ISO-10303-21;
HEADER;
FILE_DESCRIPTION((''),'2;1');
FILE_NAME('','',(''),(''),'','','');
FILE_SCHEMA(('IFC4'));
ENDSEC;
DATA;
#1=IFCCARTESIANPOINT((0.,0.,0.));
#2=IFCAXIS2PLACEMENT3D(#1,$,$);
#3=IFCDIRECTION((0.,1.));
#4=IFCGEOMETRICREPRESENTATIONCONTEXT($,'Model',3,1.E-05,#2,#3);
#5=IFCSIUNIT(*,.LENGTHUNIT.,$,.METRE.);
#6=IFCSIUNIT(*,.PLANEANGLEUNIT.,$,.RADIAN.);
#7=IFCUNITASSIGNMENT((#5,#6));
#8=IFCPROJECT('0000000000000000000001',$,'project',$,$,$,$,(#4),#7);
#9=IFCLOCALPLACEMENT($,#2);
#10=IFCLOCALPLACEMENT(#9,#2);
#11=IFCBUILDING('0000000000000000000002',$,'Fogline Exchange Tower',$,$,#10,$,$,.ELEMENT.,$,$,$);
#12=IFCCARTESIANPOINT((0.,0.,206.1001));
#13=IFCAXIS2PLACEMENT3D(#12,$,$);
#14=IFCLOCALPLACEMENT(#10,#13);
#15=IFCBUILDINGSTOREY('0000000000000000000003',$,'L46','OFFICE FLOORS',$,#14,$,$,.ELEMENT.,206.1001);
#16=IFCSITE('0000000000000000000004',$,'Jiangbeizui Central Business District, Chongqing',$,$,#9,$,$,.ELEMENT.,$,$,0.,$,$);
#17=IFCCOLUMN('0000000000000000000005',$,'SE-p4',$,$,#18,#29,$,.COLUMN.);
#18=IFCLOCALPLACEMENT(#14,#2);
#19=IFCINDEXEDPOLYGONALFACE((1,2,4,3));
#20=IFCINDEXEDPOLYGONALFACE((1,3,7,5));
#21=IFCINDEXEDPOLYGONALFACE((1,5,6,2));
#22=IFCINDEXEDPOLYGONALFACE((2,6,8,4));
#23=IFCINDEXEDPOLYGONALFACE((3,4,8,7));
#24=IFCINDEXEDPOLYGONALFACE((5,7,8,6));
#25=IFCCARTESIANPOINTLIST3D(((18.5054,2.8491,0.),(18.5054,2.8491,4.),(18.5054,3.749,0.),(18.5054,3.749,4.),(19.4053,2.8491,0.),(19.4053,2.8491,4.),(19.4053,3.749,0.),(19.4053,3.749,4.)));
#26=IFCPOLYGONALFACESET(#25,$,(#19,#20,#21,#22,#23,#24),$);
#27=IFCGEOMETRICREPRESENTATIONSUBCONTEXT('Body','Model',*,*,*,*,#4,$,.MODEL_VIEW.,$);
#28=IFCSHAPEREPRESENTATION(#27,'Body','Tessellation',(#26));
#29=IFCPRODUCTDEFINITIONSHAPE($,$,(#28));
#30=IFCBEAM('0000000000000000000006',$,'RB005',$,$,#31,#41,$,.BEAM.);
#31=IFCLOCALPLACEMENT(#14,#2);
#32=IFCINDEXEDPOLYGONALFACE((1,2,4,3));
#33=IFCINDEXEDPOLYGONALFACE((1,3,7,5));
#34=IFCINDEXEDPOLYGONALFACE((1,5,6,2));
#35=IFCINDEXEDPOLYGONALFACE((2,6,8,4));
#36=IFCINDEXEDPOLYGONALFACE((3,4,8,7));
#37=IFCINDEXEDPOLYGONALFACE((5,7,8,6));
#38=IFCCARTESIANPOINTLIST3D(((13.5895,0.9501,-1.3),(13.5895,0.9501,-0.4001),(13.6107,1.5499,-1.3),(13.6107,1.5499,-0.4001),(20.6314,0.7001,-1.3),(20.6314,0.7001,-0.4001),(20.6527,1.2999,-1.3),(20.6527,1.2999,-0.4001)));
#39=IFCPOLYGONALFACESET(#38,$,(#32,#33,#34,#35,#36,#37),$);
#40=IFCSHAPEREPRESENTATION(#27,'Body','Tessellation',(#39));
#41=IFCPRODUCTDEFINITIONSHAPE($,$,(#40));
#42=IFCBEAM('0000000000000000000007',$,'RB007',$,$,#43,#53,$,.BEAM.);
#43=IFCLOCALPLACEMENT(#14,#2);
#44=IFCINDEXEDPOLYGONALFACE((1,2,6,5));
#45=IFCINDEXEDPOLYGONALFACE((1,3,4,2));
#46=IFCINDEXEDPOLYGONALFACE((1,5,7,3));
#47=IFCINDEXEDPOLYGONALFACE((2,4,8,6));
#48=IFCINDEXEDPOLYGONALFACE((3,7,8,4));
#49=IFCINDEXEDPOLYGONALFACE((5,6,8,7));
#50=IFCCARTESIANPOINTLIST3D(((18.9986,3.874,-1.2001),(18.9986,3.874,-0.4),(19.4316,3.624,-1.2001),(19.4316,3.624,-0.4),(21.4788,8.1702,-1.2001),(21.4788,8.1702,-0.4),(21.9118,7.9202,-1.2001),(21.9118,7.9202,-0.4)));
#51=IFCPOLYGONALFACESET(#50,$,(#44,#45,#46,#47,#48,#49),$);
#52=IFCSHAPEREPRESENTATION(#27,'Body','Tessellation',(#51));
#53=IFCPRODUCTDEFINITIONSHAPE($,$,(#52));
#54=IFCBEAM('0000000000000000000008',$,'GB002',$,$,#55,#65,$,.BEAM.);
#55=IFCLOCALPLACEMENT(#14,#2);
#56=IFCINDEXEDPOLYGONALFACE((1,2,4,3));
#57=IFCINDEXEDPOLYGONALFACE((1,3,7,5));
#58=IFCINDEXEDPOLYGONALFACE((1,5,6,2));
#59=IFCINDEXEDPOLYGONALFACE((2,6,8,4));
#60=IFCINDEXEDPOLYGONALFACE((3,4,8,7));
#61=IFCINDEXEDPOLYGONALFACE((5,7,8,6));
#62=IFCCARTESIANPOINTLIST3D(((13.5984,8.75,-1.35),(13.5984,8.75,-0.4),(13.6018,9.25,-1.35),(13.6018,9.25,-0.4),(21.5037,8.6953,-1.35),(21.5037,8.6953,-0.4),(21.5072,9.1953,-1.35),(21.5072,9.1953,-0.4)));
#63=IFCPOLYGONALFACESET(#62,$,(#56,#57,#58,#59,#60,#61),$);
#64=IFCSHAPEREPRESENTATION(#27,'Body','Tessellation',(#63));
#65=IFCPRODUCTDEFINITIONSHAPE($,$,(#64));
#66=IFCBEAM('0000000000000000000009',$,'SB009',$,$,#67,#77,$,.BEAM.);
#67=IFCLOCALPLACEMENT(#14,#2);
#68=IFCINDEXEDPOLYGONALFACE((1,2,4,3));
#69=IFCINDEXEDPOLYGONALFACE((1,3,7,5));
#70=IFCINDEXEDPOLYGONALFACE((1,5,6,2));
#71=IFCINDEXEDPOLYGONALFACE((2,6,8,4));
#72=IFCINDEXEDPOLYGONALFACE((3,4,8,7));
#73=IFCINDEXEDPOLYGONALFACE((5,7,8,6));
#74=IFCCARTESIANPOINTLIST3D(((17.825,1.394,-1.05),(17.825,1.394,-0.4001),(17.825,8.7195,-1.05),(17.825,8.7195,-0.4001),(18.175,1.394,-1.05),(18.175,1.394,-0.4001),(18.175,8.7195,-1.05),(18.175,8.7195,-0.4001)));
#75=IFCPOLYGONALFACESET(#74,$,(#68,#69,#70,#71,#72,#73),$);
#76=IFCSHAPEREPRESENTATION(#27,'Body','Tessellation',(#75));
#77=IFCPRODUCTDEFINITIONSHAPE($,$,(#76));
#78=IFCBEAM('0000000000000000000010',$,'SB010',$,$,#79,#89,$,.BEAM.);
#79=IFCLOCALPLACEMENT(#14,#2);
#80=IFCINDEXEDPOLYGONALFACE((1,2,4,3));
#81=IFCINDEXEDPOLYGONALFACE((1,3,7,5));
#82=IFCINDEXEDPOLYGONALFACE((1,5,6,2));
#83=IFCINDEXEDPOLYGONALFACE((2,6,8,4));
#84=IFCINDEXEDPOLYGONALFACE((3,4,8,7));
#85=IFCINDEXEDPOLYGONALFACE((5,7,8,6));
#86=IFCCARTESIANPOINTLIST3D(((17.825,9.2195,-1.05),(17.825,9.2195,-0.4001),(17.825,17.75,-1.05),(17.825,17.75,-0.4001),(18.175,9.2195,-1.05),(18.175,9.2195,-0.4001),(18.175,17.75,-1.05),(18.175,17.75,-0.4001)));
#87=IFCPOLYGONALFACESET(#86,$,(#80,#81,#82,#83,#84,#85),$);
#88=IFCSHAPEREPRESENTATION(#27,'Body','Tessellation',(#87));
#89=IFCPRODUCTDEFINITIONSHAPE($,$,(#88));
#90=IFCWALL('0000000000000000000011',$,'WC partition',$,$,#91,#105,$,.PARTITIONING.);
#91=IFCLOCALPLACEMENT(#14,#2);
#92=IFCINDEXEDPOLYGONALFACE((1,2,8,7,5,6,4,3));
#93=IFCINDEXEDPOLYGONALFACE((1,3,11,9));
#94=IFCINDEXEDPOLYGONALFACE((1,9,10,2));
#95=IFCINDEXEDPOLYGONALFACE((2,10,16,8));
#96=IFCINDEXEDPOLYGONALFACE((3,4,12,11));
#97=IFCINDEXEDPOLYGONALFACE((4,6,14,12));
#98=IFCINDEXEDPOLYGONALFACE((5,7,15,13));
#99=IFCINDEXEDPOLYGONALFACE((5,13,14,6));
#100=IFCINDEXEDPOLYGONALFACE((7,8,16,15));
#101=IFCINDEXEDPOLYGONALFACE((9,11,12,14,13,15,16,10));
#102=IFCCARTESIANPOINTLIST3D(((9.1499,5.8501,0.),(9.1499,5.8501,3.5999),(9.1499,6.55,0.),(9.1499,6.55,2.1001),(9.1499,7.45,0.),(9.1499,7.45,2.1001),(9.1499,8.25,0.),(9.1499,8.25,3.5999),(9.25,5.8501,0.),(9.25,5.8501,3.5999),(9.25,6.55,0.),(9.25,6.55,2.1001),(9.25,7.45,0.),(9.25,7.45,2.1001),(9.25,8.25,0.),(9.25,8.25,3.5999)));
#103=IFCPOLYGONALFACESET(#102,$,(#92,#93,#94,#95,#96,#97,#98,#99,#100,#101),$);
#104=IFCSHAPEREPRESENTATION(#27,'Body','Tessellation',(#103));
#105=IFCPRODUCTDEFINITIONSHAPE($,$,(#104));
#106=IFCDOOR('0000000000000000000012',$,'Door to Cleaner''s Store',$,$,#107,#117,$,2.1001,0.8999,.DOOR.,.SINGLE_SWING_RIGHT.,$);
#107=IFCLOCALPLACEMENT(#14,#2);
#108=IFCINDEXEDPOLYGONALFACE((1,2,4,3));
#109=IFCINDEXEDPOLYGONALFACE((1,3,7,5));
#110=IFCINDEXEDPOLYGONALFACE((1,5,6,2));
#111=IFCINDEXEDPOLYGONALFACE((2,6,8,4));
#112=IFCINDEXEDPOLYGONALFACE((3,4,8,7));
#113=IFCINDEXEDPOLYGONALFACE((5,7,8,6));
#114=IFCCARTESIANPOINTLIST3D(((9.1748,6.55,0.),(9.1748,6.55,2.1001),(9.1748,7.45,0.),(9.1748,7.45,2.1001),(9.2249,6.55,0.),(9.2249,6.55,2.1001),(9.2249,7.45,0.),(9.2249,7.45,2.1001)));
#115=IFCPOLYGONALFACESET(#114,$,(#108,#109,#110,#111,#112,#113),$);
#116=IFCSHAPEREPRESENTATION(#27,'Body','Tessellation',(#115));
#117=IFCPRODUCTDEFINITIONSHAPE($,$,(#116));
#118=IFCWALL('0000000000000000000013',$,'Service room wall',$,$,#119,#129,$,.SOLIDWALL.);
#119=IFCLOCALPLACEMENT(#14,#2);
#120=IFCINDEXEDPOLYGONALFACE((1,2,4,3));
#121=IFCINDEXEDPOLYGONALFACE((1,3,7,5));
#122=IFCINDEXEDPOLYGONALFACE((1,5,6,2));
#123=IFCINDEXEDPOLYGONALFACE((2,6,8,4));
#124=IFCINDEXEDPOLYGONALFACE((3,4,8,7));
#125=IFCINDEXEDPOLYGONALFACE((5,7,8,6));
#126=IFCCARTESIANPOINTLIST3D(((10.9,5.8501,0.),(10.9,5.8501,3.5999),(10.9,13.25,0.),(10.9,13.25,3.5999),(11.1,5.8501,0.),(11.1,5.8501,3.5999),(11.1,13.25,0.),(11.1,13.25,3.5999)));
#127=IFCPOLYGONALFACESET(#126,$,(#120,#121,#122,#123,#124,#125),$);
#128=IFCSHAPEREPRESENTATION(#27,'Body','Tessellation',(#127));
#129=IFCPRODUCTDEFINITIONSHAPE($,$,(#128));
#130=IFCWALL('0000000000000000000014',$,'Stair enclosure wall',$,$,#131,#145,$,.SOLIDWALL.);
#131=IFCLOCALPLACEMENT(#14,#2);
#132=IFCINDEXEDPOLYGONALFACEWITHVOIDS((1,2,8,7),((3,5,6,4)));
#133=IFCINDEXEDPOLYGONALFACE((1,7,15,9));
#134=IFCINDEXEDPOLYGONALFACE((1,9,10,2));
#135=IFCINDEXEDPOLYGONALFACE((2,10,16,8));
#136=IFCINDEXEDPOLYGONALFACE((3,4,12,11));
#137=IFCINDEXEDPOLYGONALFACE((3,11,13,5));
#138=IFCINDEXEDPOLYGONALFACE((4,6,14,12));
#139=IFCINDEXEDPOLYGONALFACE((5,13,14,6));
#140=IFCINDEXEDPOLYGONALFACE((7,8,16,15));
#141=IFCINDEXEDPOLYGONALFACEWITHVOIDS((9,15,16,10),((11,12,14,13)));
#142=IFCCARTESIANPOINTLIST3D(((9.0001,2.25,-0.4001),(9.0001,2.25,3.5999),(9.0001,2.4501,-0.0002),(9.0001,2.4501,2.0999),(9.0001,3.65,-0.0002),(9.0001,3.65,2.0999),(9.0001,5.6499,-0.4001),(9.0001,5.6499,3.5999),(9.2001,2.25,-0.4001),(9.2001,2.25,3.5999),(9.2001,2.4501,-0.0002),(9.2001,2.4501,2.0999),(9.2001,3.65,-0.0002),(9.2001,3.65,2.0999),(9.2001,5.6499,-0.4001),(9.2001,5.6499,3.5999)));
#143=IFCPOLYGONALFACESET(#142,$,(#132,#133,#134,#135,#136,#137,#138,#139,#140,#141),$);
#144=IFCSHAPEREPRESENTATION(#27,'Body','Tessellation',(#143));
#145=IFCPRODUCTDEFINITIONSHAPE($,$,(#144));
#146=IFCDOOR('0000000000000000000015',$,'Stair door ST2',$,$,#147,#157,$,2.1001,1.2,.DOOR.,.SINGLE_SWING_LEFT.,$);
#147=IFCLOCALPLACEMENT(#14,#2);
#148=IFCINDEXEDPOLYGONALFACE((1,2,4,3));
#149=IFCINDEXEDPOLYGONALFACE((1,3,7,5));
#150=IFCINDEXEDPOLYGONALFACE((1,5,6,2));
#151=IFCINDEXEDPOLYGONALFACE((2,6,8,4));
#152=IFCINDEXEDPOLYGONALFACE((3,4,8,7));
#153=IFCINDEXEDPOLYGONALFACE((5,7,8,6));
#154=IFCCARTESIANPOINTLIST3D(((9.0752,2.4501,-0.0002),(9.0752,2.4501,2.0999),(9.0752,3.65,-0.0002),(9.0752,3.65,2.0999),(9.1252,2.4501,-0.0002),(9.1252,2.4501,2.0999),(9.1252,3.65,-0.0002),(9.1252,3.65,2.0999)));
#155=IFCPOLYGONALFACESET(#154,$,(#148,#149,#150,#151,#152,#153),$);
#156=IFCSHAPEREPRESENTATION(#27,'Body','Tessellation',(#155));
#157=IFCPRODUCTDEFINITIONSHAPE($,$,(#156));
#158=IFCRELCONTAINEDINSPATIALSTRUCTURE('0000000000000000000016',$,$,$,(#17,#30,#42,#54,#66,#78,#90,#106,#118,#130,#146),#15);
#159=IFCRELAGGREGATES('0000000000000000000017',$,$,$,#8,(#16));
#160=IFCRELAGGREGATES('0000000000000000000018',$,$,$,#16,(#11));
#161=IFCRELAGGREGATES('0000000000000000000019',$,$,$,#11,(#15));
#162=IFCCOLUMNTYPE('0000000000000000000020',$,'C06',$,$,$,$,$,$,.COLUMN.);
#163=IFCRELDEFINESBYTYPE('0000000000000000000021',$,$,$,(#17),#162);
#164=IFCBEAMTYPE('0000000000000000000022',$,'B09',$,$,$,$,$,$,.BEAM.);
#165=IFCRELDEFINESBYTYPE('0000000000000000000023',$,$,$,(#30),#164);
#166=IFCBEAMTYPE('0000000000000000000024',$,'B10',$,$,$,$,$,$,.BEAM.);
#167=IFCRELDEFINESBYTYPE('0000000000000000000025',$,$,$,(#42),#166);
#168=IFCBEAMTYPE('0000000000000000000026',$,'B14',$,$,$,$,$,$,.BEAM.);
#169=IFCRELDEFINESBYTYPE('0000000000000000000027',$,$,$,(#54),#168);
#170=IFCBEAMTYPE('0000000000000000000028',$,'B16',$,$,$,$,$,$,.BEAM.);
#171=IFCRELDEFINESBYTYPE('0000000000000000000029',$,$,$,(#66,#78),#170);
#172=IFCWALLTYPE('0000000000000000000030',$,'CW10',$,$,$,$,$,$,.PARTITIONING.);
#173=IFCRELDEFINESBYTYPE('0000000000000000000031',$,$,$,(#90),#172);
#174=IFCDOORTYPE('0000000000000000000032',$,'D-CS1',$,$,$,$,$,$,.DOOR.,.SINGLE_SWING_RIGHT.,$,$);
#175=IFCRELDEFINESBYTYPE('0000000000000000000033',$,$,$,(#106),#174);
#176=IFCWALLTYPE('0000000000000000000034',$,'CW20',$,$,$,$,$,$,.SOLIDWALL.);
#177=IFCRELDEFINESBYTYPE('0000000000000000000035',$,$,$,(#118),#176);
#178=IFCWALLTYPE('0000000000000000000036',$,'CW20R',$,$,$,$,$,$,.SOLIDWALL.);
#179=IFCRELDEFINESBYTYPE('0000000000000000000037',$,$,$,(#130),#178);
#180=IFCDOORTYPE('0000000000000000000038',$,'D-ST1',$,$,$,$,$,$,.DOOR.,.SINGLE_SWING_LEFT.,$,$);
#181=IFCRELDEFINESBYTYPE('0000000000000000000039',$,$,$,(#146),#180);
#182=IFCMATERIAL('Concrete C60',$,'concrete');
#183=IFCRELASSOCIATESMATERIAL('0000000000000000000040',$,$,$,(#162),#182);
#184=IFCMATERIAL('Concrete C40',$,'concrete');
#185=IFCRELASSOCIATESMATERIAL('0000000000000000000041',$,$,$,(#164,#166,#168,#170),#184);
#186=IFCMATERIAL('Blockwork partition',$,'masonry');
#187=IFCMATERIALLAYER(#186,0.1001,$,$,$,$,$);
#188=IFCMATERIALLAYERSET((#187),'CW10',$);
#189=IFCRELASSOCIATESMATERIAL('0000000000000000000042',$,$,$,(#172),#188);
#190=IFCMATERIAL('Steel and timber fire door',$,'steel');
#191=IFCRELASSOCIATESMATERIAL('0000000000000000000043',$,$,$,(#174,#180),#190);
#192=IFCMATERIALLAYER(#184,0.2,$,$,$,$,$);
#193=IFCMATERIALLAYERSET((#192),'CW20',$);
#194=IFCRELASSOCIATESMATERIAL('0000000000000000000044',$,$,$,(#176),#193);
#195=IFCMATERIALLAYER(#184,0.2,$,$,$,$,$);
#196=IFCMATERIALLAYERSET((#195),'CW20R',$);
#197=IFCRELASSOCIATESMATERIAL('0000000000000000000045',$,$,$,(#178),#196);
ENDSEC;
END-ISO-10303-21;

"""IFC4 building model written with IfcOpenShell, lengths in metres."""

from ifc_helpers import new_model, si_unit, direction, frame, frame_2d, origin, origin_2d, place, context, subcontext, project, spatial, rectangle, extrude, material, layer, layer_set, material_profile, profile_set, type_object, element, fill, save


model = new_model("IFC4")

# Units and contexts
model_context = context("Model", 3, precision=1e-05, world=origin(), true_north=direction((0.0, 1.0)))
body_context = subcontext(model_context, "Body", "Model", "MODEL_VIEW")
ifc_project = project(units=[si_unit("LENGTHUNIT", "METRE"), si_unit("PLANEANGLEUNIT", "RADIAN")], contexts=[model_context])

# Site, building, storey
site_placement = place(None, origin())
site = spatial("IfcSite", under=ifc_project, at=site_placement, Name="Jiangbeizui Central Business District, Chongqing", CompositionType="ELEMENT", RefElevation=0.0)
building_placement = place(site_placement, origin())
building = spatial("IfcBuilding", under=site, at=building_placement, Name="Fogline Exchange Tower", CompositionType="ELEMENT")
storey_placement = place(building_placement, frame((0.0, 0.0, 206.1001)))
storey = spatial("IfcBuildingStorey", under=building, at=storey_placement, Name="L46", Description="OFFICE FLOORS", CompositionType="ELEMENT", Elevation=206.1001)

# Column
ifc_material_1 = material(Name="Concrete C60", Category="concrete")
ifc_material_profile_1 = material_profile(ifc_material_1, rectangle(XDim=0.8999, YDim=0.8999, at=origin_2d()), Name="RC 900x900")
ifc_profile_set_1 = profile_set([ifc_material_profile_1], Name="Concrete C60")
column_type = type_object("IfcColumnType", Name="C06", PredefinedType="COLUMN", material=ifc_profile_set_1)
column_placement = place(storey_placement, frame((18.9553, 3.2991, 0.0), z_axis=(0.0, 0.0, 1.0), x_axis=(1.0, 0.0, 0.0)))
element("IfcColumn", 1, at=column_placement, inside=storey, type_object=column_type, Name="SE-p4", PredefinedType="COLUMN", context=body_context, shape_type="SweptSolid", body=[
    extrude(rectangle(XDim=0.8999, YDim=0.8999, at=origin_2d()), origin(), (0.0, 0.0, 1.0), 4.0),
])

# Beams
ifc_material_2 = material(Name="Concrete C40", Category="concrete")
ifc_material_profile_2 = material_profile(ifc_material_2, rectangle(XDim=0.6001, YDim=0.8999, at=origin_2d()), Name="RC 600x900")
ifc_profile_set_2 = profile_set([ifc_material_profile_2], Name="Concrete C40")
beam_type_1 = type_object("IfcBeamType", Name="B09", PredefinedType="BEAM", material=ifc_profile_set_2)
beam_1_placement = place(storey_placement, frame((13.6001, 1.25, -0.8501), z_axis=(0.99937, -0.035479, 0.0), x_axis=(0.035479, 0.99937, 0.0)))
element("IfcBeam", 2, at=beam_1_placement, inside=storey, type_object=beam_type_1, Name="RB005", PredefinedType="BEAM", context=body_context, shape_type="SweptSolid", body=[
    extrude(rectangle(XDim=0.6001, YDim=0.8999, at=origin_2d()), origin(), (0.0, 0.0, 1.0), 7.0464),
])
ifc_material_profile_3 = material_profile(ifc_material_2, rectangle(XDim=0.5, YDim=0.8, at=origin_2d()), Name="RC 500x800")
ifc_profile_set_3 = profile_set([ifc_material_profile_3], Name="Concrete C40")
beam_type_2 = type_object("IfcBeamType", Name="B10", PredefinedType="BEAM", material=ifc_profile_set_3)
beam_2_placement = place(storey_placement, frame((19.2151, 3.749, -0.8), z_axis=(0.499977, 0.866039, 0.0), x_axis=(-0.866039, 0.499977, 0.0)))
element("IfcBeam", 3, at=beam_2_placement, inside=storey, type_object=beam_type_2, Name="RB007", PredefinedType="BEAM", context=body_context, shape_type="SweptSolid", body=[
    extrude(rectangle(XDim=0.5, YDim=0.8, at=origin_2d()), origin(), (0.0, 0.0, 1.0), 4.9607),
])
ifc_material_profile_4 = material_profile(ifc_material_2, rectangle(XDim=0.5, YDim=0.95, at=origin_2d()), Name="RC 500x950")
ifc_profile_set_4 = profile_set([ifc_material_profile_4], Name="Concrete C40")
beam_type_3 = type_object("IfcBeamType", Name="B14", PredefinedType="BEAM", material=ifc_profile_set_4)
beam_3_placement = place(storey_placement, frame((13.6001, 9.0, -0.875), z_axis=(0.999976, -0.006918, 0.0), x_axis=(0.006918, 0.999976, 0.0)))
element("IfcBeam", 4, at=beam_3_placement, inside=storey, type_object=beam_type_3, Name="GB002", PredefinedType="BEAM", context=body_context, shape_type="SweptSolid", body=[
    extrude(rectangle(XDim=0.5, YDim=0.95, at=origin_2d()), origin(), (0.0, 0.0, 1.0), 7.9055),
])
ifc_material_profile_5 = material_profile(ifc_material_2, rectangle(XDim=0.3501, YDim=0.6499, at=origin_2d()), Name="RC 350x650")
ifc_profile_set_5 = profile_set([ifc_material_profile_5], Name="Concrete C40")
beam_type_4 = type_object("IfcBeamType", Name="B16", PredefinedType="BEAM", material=ifc_profile_set_5)
beam_4_placement = place(storey_placement, frame((18.0, 1.394, -0.7251), z_axis=(0.0, 1.0, 0.0), x_axis=(-1.0, 0.0, 0.0)))
element("IfcBeam", 5, at=beam_4_placement, inside=storey, type_object=beam_type_4, Name="SB009", PredefinedType="BEAM", context=body_context, shape_type="SweptSolid", body=[
    extrude(rectangle(XDim=0.3501, YDim=0.6499, at=origin_2d()), origin(), (0.0, 0.0, 1.0), 7.3254),
])
beam_5_placement = place(storey_placement, frame((18.0, 9.2195, -0.7251), z_axis=(0.0, 1.0, 0.0), x_axis=(-1.0, 0.0, 0.0)))
element("IfcBeam", 6, at=beam_5_placement, inside=storey, type_object=beam_type_4, Name="SB010", PredefinedType="BEAM", context=body_context, shape_type="SweptSolid", body=[
    extrude(rectangle(XDim=0.3501, YDim=0.6499, at=origin_2d()), origin(), (0.0, 0.0, 1.0), 8.5305),
])

# Wall, opening, door
ifc_material_3 = material(Name="Blockwork partition", Category="masonry")
ifc_layer_1 = layer(ifc_material_3, 0.1001)
ifc_layer_set_1 = layer_set([ifc_layer_1], Name="CW10")
wall_type_1 = type_object("IfcWallType", Name="CW10", PredefinedType="PARTITIONING", material=ifc_layer_set_1)
wall_1_placement = place(storey_placement, frame((9.2, 5.8501, 0.0), z_axis=(0.0, 0.0, 1.0), x_axis=(0.0, 1.0, 0.0)))
wall_1 = element("IfcWall", 7, at=wall_1_placement, inside=storey, type_object=wall_type_1, Name="WC partition", PredefinedType="PARTITIONING", context=body_context, shape_type="SweptSolid", body=[
    extrude(rectangle(XDim=2.3999, YDim=0.1001, at=frame_2d((1.2, 0.0))), origin(), (0.0, 0.0, 1.0), 3.5999),
])
opening_1_placement = place(wall_1_placement, frame((0.7, 0.0, 0.0)))
opening_1 = element("IfcOpeningElement", 8, at=opening_1_placement, cuts=wall_1, PredefinedType="OPENING", context=body_context, shape_type="SweptSolid", body=[
    extrude(rectangle(XDim=0.8999, YDim=2.1001, at=frame_2d((0.45, 1.05))), frame((0.0, 0.0601, 0.0), z_axis=(0.0, -1.0, 0.0), x_axis=(1.0, 0.0, 0.0)), (0.0, 0.0, 1.0), 0.1201),
])
ifc_material_4 = material(Name="Steel and timber fire door", Category="steel")
door_type_1 = type_object("IfcDoorType", Name="D-CS1", OperationType="SINGLE_SWING_RIGHT", PredefinedType="DOOR", material=ifc_material_4)
door_1_placement = place(opening_1_placement, frame((0.8999, 0.0, 0.0), z_axis=(0.0, 0.0, 1.0), x_axis=(-1.0, 0.0, 0.0)))
door_1 = element("IfcDoor", 9, at=door_1_placement, inside=storey, type_object=door_type_1, Name="Door to Cleaner's Store", OperationType="SINGLE_SWING_RIGHT", OverallHeight=2.1001, OverallWidth=0.8999, PredefinedType="DOOR", context=body_context, shape_type="SweptSolid", body=[
    extrude(rectangle(XDim=0.8999, YDim=2.1001, at=frame_2d((0.45, 1.05))), frame((0.0, 0.0249, 0.0), z_axis=(0.0, -1.0, 0.0), x_axis=(1.0, 0.0, 0.0)), (0.0, 0.0, 1.0), 0.05),
])
fill(opening_1, door_1)

# Wall
ifc_layer_2 = layer(ifc_material_2, 0.2)
ifc_layer_set_2 = layer_set([ifc_layer_2], Name="CW20")
wall_type_2 = type_object("IfcWallType", Name="CW20", PredefinedType="SOLIDWALL", material=ifc_layer_set_2)
wall_2_placement = place(storey_placement, frame((11.0, 5.8501, 0.0), z_axis=(0.0, 0.0, 1.0), x_axis=(0.0, 1.0, 0.0)))
element("IfcWall", 10, at=wall_2_placement, inside=storey, type_object=wall_type_2, Name="Service room wall", PredefinedType="SOLIDWALL", context=body_context, shape_type="SweptSolid", body=[
    extrude(rectangle(XDim=7.3999, YDim=0.2, at=frame_2d((3.7, 0.0))), origin(), (0.0, 0.0, 1.0), 3.5999),
])

# Wall, opening, door
ifc_layer_3 = layer(ifc_material_2, 0.2)
ifc_layer_set_3 = layer_set([ifc_layer_3], Name="CW20R")
wall_type_3 = type_object("IfcWallType", Name="CW20R", PredefinedType="SOLIDWALL", material=ifc_layer_set_3)
wall_3_placement = place(storey_placement, frame((9.1001, 2.25, -0.4001), z_axis=(0.0, 0.0, 1.0), x_axis=(0.0, 1.0, 0.0)))
wall_3 = element("IfcWall", 11, at=wall_3_placement, inside=storey, type_object=wall_type_3, Name="Stair enclosure wall", PredefinedType="SOLIDWALL", context=body_context, shape_type="SweptSolid", body=[
    extrude(rectangle(XDim=3.3999, YDim=0.2, at=frame_2d((1.7, 0.0))), origin(), (0.0, 0.0, 1.0), 4.0),
])
opening_2_placement = place(wall_3_placement, frame((0.2, 0.0, 0.3999)))
opening_2 = element("IfcOpeningElement", 12, at=opening_2_placement, cuts=wall_3, PredefinedType="OPENING", context=body_context, shape_type="SweptSolid", body=[
    extrude(rectangle(XDim=1.2, YDim=2.1001, at=frame_2d((0.6001, 1.05))), frame((0.0, 0.1099, 0.0), z_axis=(0.0, -1.0, 0.0), x_axis=(1.0, 0.0, 0.0)), (0.0, 0.0, 1.0), 0.22),
])
door_type_2 = type_object("IfcDoorType", Name="D-ST1", OperationType="SINGLE_SWING_LEFT", PredefinedType="DOOR", material=ifc_material_4)
door_2_placement = place(opening_2_placement, origin())
door_2 = element("IfcDoor", 13, at=door_2_placement, inside=storey, type_object=door_type_2, Name="Stair door ST2", OperationType="SINGLE_SWING_LEFT", OverallHeight=2.1001, OverallWidth=1.2, PredefinedType="DOOR", context=body_context, shape_type="SweptSolid", body=[
    extrude(rectangle(XDim=1.2, YDim=2.1001, at=frame_2d((0.6001, 1.05))), frame((0.0, 0.0249, 0.0), z_axis=(0.0, -1.0, 0.0), x_axis=(1.0, 0.0, 0.0)), (0.0, 0.0, 1.0), 0.05),
])
fill(opening_2, door_2)

save(model, "model.ifc")
